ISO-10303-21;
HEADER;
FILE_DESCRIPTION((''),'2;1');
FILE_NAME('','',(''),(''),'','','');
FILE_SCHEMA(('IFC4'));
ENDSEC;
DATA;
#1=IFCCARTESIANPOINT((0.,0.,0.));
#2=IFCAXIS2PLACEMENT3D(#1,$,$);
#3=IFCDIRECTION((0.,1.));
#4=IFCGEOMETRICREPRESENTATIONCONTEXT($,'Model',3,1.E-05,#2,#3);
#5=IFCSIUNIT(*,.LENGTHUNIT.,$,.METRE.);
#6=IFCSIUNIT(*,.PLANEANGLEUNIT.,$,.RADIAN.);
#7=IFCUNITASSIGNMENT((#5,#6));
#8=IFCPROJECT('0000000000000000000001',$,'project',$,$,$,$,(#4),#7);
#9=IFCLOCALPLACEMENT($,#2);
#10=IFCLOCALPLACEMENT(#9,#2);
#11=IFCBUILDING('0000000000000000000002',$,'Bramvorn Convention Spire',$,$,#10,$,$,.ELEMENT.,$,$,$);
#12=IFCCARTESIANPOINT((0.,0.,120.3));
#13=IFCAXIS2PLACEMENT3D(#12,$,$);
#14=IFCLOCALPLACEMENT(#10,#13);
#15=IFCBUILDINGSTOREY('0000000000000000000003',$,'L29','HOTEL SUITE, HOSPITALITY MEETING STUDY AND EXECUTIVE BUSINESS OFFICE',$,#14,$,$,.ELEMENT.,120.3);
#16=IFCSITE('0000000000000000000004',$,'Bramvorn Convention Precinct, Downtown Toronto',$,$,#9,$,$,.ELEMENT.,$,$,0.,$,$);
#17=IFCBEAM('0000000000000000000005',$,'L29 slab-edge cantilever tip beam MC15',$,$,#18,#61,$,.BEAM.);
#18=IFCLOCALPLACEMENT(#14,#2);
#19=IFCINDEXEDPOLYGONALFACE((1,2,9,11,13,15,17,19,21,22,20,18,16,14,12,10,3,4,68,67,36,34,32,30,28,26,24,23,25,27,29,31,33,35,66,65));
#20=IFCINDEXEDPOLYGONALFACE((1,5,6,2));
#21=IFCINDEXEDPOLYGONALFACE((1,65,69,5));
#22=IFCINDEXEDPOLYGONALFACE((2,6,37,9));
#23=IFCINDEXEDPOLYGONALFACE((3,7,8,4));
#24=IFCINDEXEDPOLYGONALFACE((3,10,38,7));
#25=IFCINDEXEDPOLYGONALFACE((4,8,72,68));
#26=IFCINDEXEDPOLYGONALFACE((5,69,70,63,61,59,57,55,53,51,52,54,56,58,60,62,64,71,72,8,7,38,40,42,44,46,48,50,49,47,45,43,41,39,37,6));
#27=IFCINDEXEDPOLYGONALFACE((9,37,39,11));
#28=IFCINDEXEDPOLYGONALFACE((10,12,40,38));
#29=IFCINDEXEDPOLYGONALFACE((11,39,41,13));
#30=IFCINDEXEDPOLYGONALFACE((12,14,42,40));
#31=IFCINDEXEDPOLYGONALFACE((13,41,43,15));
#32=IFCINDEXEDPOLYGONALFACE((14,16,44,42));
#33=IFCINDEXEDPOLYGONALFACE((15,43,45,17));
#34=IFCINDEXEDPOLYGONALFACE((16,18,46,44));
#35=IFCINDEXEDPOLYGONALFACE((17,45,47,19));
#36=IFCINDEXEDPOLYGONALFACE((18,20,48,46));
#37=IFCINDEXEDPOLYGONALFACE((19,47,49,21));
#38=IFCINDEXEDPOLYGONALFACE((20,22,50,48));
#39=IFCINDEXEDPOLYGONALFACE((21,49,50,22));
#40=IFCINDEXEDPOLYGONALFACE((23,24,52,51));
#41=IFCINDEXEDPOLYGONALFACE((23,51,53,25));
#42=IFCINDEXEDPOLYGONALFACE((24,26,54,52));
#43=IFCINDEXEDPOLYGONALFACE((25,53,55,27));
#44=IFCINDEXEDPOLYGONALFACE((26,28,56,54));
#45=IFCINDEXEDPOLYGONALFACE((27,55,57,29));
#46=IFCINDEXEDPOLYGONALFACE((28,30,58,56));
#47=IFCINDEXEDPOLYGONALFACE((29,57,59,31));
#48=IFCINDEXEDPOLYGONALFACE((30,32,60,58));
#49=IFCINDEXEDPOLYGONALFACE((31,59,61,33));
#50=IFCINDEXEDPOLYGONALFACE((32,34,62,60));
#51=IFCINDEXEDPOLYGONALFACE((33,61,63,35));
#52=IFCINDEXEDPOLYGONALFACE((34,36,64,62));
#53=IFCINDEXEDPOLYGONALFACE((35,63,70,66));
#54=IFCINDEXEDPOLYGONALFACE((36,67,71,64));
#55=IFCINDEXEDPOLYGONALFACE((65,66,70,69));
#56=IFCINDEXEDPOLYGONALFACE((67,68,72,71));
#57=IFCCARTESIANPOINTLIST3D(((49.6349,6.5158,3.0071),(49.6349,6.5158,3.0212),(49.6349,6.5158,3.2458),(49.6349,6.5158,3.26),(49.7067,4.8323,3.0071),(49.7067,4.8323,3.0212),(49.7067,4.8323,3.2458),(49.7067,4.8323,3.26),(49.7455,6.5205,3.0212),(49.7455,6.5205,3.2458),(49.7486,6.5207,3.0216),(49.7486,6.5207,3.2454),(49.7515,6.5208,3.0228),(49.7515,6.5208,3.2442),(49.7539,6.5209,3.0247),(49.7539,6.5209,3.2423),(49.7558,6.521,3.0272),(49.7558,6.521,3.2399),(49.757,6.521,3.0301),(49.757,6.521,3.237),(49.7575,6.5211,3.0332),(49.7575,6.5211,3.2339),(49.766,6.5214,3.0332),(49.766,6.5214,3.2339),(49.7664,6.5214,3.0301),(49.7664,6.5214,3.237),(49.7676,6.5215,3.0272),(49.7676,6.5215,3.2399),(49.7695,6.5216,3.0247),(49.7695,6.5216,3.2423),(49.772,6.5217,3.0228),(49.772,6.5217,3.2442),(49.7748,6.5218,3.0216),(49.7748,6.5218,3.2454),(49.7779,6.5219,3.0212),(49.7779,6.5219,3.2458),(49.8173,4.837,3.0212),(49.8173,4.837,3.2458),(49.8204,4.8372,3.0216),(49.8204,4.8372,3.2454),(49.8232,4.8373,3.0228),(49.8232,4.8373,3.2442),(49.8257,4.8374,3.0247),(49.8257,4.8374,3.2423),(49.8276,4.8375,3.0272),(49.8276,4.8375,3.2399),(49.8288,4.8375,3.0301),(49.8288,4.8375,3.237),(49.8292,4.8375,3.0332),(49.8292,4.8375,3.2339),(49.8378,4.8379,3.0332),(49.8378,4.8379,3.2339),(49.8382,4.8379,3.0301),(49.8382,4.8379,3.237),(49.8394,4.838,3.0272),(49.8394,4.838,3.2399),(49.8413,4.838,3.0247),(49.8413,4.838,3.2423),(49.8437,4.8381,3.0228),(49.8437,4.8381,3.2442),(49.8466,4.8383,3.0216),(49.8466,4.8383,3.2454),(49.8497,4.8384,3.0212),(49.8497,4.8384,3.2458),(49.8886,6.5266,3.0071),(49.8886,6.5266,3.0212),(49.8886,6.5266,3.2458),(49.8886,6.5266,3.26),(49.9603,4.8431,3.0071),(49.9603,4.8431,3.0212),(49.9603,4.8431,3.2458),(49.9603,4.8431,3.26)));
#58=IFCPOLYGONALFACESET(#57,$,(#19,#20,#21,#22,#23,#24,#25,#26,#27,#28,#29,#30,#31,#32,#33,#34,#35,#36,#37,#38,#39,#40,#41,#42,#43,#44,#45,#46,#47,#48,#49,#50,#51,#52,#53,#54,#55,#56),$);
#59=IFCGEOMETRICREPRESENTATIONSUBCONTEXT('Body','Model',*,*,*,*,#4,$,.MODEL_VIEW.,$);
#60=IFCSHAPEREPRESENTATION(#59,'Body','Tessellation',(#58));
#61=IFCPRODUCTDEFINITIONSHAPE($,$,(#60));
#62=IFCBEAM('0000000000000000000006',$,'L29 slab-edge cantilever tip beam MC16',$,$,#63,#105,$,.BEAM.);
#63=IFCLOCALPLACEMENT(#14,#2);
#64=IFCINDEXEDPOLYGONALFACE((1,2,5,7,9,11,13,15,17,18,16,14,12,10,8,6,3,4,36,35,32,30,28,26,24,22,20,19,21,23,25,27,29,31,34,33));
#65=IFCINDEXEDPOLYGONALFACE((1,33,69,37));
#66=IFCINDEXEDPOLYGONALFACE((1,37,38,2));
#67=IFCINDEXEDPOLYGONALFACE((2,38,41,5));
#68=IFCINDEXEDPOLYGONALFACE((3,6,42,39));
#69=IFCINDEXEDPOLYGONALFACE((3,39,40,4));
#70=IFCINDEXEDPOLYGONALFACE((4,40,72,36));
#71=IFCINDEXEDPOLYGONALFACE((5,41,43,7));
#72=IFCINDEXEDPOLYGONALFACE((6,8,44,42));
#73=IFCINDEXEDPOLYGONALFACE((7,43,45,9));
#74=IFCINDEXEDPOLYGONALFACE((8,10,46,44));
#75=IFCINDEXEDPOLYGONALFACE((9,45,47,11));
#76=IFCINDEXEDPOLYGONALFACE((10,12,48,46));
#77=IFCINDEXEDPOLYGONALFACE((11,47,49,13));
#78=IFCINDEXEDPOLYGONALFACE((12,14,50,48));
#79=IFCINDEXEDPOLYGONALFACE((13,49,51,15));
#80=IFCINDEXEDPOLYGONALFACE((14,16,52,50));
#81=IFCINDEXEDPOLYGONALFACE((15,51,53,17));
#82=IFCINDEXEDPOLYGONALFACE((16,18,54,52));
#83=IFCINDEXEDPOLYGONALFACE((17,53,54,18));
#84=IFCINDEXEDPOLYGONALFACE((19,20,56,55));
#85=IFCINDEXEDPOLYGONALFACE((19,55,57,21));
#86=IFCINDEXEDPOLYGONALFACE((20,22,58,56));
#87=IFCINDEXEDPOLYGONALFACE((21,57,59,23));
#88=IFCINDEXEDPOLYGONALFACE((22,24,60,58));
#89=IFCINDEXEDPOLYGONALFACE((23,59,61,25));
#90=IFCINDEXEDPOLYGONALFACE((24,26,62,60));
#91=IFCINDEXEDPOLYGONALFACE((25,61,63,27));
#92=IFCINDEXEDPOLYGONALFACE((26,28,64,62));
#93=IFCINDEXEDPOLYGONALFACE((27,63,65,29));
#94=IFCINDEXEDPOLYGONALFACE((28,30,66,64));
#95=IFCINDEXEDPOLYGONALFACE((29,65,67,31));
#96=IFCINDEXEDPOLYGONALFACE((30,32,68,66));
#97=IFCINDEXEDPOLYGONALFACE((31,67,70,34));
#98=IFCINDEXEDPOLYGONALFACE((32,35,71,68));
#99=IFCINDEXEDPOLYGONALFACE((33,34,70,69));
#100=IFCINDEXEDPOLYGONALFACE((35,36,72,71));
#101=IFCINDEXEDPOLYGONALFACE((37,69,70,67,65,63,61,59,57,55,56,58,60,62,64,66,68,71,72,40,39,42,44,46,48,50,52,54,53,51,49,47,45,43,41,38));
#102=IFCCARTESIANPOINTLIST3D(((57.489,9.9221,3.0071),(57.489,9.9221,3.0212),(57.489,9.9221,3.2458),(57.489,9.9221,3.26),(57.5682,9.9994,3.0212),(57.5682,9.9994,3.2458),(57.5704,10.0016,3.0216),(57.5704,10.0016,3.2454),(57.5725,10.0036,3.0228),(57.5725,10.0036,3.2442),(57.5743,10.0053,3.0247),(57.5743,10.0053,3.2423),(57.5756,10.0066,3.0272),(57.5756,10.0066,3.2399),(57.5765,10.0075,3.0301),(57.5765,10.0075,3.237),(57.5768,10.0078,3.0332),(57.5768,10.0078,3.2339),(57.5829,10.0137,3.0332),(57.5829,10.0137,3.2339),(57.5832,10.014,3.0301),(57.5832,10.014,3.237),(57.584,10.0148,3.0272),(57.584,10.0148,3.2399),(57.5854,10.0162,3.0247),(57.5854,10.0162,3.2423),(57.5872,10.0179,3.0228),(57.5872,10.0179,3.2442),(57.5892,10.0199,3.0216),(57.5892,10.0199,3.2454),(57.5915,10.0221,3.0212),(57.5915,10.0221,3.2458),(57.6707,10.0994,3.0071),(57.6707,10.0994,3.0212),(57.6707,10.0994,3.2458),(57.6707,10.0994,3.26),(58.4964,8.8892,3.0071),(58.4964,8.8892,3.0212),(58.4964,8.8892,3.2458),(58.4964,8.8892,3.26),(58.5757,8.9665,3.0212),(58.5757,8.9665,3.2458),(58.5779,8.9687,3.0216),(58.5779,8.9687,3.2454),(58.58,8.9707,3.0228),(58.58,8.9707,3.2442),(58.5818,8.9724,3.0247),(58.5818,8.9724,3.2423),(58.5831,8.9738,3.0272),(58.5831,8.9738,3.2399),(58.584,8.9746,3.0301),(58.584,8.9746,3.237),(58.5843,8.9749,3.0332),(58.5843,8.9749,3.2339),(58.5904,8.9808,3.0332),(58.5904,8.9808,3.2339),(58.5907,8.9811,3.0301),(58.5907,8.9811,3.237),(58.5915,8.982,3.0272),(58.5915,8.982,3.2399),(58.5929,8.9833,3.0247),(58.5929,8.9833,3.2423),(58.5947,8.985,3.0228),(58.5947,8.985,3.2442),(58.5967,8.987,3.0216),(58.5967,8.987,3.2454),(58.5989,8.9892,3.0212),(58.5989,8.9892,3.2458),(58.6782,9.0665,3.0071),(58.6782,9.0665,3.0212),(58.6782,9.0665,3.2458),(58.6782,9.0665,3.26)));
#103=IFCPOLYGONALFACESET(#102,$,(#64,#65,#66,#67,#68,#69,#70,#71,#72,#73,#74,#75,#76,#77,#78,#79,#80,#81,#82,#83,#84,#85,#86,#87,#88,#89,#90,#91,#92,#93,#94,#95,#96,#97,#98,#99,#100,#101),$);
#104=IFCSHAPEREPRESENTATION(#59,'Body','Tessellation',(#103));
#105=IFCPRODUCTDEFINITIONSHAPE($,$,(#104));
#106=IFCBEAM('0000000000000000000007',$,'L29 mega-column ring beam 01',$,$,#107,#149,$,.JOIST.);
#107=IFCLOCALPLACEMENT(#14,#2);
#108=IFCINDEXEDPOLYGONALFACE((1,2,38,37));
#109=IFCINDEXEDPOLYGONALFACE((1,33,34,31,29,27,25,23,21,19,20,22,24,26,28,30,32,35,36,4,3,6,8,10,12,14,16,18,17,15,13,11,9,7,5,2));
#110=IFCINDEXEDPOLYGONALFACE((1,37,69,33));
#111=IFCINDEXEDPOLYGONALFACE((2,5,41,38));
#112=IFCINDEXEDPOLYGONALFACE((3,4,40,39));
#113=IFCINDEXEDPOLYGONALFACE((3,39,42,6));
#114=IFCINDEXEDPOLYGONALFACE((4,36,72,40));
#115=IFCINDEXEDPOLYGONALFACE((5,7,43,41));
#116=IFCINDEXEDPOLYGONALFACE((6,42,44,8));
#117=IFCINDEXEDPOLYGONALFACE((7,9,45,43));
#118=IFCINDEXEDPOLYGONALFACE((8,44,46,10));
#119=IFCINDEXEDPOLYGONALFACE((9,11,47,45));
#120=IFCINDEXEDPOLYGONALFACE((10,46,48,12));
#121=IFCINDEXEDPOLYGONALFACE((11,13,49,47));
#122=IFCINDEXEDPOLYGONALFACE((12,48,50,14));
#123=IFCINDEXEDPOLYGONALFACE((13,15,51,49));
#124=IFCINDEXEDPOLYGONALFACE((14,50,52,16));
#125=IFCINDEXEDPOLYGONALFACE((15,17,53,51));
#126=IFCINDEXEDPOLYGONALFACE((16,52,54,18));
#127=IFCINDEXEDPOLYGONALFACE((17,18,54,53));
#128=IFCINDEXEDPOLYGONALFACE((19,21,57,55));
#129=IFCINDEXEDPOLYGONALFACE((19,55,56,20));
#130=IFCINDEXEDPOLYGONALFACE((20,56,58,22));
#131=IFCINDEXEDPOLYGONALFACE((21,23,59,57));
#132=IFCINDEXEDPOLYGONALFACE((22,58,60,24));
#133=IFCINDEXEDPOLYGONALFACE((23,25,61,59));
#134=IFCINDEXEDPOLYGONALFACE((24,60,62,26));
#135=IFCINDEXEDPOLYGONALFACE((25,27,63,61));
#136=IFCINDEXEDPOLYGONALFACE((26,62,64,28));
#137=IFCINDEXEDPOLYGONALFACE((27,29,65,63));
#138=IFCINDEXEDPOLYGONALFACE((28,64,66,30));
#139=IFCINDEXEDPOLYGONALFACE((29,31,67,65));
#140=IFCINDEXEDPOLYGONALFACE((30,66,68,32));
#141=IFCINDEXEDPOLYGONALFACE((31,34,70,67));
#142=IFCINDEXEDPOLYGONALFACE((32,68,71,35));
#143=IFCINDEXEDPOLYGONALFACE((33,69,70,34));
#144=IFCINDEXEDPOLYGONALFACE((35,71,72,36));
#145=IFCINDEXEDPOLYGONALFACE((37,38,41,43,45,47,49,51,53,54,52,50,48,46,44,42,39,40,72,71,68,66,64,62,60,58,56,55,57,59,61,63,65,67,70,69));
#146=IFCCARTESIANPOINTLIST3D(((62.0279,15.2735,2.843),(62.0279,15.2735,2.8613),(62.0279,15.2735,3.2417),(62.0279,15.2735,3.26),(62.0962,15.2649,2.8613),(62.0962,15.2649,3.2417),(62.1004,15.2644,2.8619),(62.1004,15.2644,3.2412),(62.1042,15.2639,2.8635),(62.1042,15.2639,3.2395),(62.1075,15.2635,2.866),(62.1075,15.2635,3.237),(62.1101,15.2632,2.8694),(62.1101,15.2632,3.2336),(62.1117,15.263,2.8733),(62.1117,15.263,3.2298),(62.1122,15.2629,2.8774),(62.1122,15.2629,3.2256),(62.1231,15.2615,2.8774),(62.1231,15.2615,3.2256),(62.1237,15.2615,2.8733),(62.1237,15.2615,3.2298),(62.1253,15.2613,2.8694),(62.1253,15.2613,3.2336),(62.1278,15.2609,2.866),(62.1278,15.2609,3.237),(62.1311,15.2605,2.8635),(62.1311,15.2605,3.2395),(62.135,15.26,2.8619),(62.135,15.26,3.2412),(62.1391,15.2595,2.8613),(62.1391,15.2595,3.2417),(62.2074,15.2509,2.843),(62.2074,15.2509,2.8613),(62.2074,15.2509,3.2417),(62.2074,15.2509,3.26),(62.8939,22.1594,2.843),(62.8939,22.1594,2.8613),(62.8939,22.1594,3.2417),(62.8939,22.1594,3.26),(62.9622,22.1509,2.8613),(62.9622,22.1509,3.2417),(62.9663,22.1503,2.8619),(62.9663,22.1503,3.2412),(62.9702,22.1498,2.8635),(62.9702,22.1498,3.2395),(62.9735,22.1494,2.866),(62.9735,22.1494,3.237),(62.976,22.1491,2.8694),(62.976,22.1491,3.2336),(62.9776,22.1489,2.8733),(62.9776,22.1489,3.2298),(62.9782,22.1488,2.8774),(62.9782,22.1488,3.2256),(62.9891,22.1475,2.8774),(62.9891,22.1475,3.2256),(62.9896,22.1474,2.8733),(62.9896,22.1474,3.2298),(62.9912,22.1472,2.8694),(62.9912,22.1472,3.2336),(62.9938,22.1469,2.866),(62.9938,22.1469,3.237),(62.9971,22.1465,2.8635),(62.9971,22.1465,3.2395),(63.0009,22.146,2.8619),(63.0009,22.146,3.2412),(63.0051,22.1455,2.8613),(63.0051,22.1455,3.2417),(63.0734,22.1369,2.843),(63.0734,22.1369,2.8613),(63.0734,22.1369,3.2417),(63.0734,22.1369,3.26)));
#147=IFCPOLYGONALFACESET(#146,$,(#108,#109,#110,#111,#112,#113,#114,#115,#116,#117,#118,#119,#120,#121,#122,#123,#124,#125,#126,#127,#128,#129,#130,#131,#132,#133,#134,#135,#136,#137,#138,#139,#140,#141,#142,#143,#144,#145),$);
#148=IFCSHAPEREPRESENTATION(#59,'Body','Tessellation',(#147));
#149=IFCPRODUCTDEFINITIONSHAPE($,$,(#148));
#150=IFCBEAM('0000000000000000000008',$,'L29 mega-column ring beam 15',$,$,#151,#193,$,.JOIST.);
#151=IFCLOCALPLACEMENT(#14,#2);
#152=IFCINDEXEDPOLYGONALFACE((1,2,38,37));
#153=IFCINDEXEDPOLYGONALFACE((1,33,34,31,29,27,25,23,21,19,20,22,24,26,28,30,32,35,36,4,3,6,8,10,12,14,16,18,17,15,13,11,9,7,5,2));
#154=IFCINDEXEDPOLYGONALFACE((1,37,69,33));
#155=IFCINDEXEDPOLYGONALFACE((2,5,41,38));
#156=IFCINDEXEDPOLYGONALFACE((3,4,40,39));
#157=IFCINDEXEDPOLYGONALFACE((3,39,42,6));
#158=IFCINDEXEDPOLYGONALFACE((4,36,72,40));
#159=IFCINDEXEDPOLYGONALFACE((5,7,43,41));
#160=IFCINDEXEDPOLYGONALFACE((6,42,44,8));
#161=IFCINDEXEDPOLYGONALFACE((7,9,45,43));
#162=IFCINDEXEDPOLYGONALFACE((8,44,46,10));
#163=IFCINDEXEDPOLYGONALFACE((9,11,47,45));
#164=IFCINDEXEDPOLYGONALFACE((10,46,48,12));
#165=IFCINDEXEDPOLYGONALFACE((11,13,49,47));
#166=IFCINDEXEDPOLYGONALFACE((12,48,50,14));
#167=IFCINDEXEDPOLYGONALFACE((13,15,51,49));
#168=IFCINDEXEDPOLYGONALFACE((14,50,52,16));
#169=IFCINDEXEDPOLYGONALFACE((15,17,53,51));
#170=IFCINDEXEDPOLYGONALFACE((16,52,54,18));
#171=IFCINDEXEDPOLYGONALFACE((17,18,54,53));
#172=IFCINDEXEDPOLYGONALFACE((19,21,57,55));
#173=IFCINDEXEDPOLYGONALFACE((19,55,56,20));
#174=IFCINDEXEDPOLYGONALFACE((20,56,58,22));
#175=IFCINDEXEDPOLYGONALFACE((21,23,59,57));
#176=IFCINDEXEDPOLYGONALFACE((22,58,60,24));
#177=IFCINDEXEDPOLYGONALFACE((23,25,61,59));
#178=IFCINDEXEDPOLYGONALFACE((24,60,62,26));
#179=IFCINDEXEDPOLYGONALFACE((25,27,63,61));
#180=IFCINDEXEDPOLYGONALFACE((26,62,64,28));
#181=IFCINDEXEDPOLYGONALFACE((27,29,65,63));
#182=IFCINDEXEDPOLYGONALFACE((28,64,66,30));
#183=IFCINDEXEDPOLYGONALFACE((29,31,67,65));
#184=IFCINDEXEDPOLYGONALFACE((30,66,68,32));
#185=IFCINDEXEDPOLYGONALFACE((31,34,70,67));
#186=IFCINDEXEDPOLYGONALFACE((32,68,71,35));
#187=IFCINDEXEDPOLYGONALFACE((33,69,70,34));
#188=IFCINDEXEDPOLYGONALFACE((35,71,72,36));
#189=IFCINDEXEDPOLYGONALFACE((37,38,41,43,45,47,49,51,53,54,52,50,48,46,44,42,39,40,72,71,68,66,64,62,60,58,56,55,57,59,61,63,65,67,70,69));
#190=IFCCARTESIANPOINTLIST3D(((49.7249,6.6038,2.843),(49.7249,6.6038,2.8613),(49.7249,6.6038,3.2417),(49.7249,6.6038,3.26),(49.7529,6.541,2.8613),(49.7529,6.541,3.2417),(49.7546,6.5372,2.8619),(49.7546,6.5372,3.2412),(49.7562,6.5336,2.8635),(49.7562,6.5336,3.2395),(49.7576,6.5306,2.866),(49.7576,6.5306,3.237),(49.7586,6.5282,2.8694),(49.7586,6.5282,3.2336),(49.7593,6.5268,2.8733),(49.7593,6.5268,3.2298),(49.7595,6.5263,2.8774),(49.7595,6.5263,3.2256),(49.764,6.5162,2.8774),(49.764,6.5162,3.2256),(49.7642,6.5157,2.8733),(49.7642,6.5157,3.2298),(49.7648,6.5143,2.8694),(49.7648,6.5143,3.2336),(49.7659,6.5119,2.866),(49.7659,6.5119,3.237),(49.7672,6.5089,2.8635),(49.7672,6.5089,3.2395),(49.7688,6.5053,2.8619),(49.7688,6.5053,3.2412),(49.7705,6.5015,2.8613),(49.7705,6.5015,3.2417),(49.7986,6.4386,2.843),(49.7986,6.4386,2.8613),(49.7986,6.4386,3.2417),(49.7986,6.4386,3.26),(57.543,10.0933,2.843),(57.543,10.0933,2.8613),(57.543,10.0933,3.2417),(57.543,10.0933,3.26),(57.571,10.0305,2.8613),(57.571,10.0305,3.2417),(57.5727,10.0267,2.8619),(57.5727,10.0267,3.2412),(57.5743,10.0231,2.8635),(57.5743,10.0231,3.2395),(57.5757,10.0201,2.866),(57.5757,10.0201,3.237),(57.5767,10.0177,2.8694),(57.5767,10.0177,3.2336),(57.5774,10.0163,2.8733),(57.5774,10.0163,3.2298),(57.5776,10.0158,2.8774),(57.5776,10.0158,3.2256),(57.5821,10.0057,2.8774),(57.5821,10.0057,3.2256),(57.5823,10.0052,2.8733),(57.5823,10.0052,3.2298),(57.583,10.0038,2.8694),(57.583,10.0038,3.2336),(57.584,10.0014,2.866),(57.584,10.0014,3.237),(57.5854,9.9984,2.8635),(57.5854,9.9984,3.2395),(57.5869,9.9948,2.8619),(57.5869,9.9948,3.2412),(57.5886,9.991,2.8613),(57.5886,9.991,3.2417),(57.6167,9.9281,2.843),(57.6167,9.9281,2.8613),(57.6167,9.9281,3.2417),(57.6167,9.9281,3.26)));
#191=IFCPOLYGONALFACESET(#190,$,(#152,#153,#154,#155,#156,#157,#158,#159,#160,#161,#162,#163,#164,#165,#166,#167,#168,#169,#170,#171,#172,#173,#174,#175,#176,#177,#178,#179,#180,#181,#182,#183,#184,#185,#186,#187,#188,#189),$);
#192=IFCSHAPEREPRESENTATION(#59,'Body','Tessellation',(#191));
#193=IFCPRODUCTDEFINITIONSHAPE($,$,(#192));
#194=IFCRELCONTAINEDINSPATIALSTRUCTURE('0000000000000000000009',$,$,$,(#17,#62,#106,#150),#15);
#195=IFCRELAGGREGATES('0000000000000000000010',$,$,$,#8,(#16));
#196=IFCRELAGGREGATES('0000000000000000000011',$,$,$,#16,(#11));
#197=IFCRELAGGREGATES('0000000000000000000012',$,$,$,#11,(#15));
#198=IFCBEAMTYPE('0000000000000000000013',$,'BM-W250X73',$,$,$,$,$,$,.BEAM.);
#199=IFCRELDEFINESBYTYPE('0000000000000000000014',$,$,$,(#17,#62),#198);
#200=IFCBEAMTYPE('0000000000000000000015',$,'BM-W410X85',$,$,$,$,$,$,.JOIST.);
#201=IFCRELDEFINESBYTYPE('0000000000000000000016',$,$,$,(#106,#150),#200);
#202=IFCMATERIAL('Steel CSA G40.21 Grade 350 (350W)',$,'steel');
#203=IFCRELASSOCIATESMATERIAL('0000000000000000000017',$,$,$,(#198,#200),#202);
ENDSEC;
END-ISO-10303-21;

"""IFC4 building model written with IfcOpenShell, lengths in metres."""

from ifc_helpers import new_model, si_unit, direction, frame, origin, origin_2d, place, context, subcontext, project, spatial, i_section, extrude, material, material_profile, profile_set, type_object, element, save


model = new_model("IFC4")

# Units and contexts
model_context = context("Model", 3, precision=1e-05, world=origin(), true_north=direction((0.0, 1.0)))
body_context = subcontext(model_context, "Body", "Model", "MODEL_VIEW")
ifc_project = project(units=[si_unit("LENGTHUNIT", "METRE"), si_unit("PLANEANGLEUNIT", "RADIAN")], contexts=[model_context])

# Site, building, storey
site_placement = place(None, origin())
site = spatial("IfcSite", under=ifc_project, at=site_placement, Name="Bramvorn Convention Precinct, Downtown Toronto", CompositionType="ELEMENT", RefElevation=0.0)
building_placement = place(site_placement, origin())
building = spatial("IfcBuilding", under=site, at=building_placement, Name="Bramvorn Convention Spire", CompositionType="ELEMENT")
storey_placement = place(building_placement, frame((0.0, 0.0, 120.3)))
storey = spatial("IfcBuildingStorey", under=building, at=storey_placement, Name="L29", Description="HOTEL SUITE, HOSPITALITY MEETING STUDY AND EXECUTIVE BUSINESS OFFICE", CompositionType="ELEMENT", Elevation=120.3)

# Shared definitions
ifc_material_1 = material(Name="Steel CSA G40.21 Grade 350 (350W)", Category="steel")

# Beams
ifc_material_profile_1 = material_profile(ifc_material_1, i_section(OverallWidth=0.2539, OverallDepth=0.2529, WebThickness=0.0085, FlangeThickness=0.0142, FilletRadius=0.012, at=origin_2d()))
ifc_profile_set_1 = profile_set([ifc_material_profile_1], Name="Steel CSA G40.21 Grade 350 (350W) - W250X73")
beam_type_1 = type_object("IfcBeamType", Name="BM-W250X73", PredefinedType="BEAM", material=ifc_profile_set_1)
beam_1_placement = place(storey_placement, frame((49.7617, 6.5212, 3.1335), z_axis=(0.042595, -0.999092, 0.0), x_axis=(0.999092, 0.042595, 0.0)))
element("IfcBeam", 1, at=beam_1_placement, inside=storey, type_object=beam_type_1, Name="L29 slab-edge cantilever tip beam MC15", PredefinedType="BEAM", context=body_context, shape_type="SweptSolid", body=[
    extrude(i_section(OverallWidth=0.2539, OverallDepth=0.2529, WebThickness=0.0085, FlangeThickness=0.0142, FilletRadius=0.012, at=origin_2d()), origin(), (0.0, 0.0, 1.0), 1.6851),
])
beam_2_placement = place(storey_placement, frame((57.5798, 10.0107, 3.1335), z_axis=(0.698254, -0.71585, 0.0), x_axis=(0.71585, 0.698254, 0.0)))
element("IfcBeam", 2, at=beam_2_placement, inside=storey, type_object=beam_type_1, Name="L29 slab-edge cantilever tip beam MC16", PredefinedType="BEAM", context=body_context, shape_type="SweptSolid", body=[
    extrude(i_section(OverallWidth=0.2539, OverallDepth=0.2529, WebThickness=0.0085, FlangeThickness=0.0142, FilletRadius=0.012, at=origin_2d()), origin(), (0.0, 0.0, 1.0), 1.4429),
])
ifc_material_profile_2 = material_profile(ifc_material_1, i_section(OverallWidth=0.1809, OverallDepth=0.417, WebThickness=0.011, FlangeThickness=0.0183, FilletRadius=0.0161, at=origin_2d()))
ifc_profile_set_2 = profile_set([ifc_material_profile_2], Name="Steel CSA G40.21 Grade 350 (350W) - W410X85")
beam_type_2 = type_object("IfcBeamType", Name="BM-W410X85", PredefinedType="JOIST", material=ifc_profile_set_2)
beam_3_placement = place(storey_placement, frame((62.1177, 15.2622, 3.0515), z_axis=(0.124775, 0.992185, 0.0), x_axis=(-0.992185, 0.124775, 0.0)))
element("IfcBeam", 3, at=beam_3_placement, inside=storey, type_object=beam_type_2, Name="L29 mega-column ring beam 01", PredefinedType="JOIST", context=body_context, shape_type="SweptSolid", body=[
    extrude(i_section(OverallWidth=0.1809, OverallDepth=0.417, WebThickness=0.011, FlangeThickness=0.0183, FilletRadius=0.0161, at=origin_2d()), origin(), (0.0, 0.0, 1.0), 6.9402),
])
beam_4_placement = place(storey_placement, frame((49.7617, 6.5212, 3.0515), z_axis=(0.91317, 0.40758, 0.0), x_axis=(-0.40758, 0.91317, 0.0)))
element("IfcBeam", 4, at=beam_4_placement, inside=storey, type_object=beam_type_2, Name="L29 mega-column ring beam 15", PredefinedType="JOIST", context=body_context, shape_type="SweptSolid", body=[
    extrude(i_section(OverallWidth=0.1809, OverallDepth=0.417, WebThickness=0.011, FlangeThickness=0.0183, FilletRadius=0.0161, at=origin_2d()), origin(), (0.0, 0.0, 1.0), 8.5615),
])

save(model, "model.ifc")
